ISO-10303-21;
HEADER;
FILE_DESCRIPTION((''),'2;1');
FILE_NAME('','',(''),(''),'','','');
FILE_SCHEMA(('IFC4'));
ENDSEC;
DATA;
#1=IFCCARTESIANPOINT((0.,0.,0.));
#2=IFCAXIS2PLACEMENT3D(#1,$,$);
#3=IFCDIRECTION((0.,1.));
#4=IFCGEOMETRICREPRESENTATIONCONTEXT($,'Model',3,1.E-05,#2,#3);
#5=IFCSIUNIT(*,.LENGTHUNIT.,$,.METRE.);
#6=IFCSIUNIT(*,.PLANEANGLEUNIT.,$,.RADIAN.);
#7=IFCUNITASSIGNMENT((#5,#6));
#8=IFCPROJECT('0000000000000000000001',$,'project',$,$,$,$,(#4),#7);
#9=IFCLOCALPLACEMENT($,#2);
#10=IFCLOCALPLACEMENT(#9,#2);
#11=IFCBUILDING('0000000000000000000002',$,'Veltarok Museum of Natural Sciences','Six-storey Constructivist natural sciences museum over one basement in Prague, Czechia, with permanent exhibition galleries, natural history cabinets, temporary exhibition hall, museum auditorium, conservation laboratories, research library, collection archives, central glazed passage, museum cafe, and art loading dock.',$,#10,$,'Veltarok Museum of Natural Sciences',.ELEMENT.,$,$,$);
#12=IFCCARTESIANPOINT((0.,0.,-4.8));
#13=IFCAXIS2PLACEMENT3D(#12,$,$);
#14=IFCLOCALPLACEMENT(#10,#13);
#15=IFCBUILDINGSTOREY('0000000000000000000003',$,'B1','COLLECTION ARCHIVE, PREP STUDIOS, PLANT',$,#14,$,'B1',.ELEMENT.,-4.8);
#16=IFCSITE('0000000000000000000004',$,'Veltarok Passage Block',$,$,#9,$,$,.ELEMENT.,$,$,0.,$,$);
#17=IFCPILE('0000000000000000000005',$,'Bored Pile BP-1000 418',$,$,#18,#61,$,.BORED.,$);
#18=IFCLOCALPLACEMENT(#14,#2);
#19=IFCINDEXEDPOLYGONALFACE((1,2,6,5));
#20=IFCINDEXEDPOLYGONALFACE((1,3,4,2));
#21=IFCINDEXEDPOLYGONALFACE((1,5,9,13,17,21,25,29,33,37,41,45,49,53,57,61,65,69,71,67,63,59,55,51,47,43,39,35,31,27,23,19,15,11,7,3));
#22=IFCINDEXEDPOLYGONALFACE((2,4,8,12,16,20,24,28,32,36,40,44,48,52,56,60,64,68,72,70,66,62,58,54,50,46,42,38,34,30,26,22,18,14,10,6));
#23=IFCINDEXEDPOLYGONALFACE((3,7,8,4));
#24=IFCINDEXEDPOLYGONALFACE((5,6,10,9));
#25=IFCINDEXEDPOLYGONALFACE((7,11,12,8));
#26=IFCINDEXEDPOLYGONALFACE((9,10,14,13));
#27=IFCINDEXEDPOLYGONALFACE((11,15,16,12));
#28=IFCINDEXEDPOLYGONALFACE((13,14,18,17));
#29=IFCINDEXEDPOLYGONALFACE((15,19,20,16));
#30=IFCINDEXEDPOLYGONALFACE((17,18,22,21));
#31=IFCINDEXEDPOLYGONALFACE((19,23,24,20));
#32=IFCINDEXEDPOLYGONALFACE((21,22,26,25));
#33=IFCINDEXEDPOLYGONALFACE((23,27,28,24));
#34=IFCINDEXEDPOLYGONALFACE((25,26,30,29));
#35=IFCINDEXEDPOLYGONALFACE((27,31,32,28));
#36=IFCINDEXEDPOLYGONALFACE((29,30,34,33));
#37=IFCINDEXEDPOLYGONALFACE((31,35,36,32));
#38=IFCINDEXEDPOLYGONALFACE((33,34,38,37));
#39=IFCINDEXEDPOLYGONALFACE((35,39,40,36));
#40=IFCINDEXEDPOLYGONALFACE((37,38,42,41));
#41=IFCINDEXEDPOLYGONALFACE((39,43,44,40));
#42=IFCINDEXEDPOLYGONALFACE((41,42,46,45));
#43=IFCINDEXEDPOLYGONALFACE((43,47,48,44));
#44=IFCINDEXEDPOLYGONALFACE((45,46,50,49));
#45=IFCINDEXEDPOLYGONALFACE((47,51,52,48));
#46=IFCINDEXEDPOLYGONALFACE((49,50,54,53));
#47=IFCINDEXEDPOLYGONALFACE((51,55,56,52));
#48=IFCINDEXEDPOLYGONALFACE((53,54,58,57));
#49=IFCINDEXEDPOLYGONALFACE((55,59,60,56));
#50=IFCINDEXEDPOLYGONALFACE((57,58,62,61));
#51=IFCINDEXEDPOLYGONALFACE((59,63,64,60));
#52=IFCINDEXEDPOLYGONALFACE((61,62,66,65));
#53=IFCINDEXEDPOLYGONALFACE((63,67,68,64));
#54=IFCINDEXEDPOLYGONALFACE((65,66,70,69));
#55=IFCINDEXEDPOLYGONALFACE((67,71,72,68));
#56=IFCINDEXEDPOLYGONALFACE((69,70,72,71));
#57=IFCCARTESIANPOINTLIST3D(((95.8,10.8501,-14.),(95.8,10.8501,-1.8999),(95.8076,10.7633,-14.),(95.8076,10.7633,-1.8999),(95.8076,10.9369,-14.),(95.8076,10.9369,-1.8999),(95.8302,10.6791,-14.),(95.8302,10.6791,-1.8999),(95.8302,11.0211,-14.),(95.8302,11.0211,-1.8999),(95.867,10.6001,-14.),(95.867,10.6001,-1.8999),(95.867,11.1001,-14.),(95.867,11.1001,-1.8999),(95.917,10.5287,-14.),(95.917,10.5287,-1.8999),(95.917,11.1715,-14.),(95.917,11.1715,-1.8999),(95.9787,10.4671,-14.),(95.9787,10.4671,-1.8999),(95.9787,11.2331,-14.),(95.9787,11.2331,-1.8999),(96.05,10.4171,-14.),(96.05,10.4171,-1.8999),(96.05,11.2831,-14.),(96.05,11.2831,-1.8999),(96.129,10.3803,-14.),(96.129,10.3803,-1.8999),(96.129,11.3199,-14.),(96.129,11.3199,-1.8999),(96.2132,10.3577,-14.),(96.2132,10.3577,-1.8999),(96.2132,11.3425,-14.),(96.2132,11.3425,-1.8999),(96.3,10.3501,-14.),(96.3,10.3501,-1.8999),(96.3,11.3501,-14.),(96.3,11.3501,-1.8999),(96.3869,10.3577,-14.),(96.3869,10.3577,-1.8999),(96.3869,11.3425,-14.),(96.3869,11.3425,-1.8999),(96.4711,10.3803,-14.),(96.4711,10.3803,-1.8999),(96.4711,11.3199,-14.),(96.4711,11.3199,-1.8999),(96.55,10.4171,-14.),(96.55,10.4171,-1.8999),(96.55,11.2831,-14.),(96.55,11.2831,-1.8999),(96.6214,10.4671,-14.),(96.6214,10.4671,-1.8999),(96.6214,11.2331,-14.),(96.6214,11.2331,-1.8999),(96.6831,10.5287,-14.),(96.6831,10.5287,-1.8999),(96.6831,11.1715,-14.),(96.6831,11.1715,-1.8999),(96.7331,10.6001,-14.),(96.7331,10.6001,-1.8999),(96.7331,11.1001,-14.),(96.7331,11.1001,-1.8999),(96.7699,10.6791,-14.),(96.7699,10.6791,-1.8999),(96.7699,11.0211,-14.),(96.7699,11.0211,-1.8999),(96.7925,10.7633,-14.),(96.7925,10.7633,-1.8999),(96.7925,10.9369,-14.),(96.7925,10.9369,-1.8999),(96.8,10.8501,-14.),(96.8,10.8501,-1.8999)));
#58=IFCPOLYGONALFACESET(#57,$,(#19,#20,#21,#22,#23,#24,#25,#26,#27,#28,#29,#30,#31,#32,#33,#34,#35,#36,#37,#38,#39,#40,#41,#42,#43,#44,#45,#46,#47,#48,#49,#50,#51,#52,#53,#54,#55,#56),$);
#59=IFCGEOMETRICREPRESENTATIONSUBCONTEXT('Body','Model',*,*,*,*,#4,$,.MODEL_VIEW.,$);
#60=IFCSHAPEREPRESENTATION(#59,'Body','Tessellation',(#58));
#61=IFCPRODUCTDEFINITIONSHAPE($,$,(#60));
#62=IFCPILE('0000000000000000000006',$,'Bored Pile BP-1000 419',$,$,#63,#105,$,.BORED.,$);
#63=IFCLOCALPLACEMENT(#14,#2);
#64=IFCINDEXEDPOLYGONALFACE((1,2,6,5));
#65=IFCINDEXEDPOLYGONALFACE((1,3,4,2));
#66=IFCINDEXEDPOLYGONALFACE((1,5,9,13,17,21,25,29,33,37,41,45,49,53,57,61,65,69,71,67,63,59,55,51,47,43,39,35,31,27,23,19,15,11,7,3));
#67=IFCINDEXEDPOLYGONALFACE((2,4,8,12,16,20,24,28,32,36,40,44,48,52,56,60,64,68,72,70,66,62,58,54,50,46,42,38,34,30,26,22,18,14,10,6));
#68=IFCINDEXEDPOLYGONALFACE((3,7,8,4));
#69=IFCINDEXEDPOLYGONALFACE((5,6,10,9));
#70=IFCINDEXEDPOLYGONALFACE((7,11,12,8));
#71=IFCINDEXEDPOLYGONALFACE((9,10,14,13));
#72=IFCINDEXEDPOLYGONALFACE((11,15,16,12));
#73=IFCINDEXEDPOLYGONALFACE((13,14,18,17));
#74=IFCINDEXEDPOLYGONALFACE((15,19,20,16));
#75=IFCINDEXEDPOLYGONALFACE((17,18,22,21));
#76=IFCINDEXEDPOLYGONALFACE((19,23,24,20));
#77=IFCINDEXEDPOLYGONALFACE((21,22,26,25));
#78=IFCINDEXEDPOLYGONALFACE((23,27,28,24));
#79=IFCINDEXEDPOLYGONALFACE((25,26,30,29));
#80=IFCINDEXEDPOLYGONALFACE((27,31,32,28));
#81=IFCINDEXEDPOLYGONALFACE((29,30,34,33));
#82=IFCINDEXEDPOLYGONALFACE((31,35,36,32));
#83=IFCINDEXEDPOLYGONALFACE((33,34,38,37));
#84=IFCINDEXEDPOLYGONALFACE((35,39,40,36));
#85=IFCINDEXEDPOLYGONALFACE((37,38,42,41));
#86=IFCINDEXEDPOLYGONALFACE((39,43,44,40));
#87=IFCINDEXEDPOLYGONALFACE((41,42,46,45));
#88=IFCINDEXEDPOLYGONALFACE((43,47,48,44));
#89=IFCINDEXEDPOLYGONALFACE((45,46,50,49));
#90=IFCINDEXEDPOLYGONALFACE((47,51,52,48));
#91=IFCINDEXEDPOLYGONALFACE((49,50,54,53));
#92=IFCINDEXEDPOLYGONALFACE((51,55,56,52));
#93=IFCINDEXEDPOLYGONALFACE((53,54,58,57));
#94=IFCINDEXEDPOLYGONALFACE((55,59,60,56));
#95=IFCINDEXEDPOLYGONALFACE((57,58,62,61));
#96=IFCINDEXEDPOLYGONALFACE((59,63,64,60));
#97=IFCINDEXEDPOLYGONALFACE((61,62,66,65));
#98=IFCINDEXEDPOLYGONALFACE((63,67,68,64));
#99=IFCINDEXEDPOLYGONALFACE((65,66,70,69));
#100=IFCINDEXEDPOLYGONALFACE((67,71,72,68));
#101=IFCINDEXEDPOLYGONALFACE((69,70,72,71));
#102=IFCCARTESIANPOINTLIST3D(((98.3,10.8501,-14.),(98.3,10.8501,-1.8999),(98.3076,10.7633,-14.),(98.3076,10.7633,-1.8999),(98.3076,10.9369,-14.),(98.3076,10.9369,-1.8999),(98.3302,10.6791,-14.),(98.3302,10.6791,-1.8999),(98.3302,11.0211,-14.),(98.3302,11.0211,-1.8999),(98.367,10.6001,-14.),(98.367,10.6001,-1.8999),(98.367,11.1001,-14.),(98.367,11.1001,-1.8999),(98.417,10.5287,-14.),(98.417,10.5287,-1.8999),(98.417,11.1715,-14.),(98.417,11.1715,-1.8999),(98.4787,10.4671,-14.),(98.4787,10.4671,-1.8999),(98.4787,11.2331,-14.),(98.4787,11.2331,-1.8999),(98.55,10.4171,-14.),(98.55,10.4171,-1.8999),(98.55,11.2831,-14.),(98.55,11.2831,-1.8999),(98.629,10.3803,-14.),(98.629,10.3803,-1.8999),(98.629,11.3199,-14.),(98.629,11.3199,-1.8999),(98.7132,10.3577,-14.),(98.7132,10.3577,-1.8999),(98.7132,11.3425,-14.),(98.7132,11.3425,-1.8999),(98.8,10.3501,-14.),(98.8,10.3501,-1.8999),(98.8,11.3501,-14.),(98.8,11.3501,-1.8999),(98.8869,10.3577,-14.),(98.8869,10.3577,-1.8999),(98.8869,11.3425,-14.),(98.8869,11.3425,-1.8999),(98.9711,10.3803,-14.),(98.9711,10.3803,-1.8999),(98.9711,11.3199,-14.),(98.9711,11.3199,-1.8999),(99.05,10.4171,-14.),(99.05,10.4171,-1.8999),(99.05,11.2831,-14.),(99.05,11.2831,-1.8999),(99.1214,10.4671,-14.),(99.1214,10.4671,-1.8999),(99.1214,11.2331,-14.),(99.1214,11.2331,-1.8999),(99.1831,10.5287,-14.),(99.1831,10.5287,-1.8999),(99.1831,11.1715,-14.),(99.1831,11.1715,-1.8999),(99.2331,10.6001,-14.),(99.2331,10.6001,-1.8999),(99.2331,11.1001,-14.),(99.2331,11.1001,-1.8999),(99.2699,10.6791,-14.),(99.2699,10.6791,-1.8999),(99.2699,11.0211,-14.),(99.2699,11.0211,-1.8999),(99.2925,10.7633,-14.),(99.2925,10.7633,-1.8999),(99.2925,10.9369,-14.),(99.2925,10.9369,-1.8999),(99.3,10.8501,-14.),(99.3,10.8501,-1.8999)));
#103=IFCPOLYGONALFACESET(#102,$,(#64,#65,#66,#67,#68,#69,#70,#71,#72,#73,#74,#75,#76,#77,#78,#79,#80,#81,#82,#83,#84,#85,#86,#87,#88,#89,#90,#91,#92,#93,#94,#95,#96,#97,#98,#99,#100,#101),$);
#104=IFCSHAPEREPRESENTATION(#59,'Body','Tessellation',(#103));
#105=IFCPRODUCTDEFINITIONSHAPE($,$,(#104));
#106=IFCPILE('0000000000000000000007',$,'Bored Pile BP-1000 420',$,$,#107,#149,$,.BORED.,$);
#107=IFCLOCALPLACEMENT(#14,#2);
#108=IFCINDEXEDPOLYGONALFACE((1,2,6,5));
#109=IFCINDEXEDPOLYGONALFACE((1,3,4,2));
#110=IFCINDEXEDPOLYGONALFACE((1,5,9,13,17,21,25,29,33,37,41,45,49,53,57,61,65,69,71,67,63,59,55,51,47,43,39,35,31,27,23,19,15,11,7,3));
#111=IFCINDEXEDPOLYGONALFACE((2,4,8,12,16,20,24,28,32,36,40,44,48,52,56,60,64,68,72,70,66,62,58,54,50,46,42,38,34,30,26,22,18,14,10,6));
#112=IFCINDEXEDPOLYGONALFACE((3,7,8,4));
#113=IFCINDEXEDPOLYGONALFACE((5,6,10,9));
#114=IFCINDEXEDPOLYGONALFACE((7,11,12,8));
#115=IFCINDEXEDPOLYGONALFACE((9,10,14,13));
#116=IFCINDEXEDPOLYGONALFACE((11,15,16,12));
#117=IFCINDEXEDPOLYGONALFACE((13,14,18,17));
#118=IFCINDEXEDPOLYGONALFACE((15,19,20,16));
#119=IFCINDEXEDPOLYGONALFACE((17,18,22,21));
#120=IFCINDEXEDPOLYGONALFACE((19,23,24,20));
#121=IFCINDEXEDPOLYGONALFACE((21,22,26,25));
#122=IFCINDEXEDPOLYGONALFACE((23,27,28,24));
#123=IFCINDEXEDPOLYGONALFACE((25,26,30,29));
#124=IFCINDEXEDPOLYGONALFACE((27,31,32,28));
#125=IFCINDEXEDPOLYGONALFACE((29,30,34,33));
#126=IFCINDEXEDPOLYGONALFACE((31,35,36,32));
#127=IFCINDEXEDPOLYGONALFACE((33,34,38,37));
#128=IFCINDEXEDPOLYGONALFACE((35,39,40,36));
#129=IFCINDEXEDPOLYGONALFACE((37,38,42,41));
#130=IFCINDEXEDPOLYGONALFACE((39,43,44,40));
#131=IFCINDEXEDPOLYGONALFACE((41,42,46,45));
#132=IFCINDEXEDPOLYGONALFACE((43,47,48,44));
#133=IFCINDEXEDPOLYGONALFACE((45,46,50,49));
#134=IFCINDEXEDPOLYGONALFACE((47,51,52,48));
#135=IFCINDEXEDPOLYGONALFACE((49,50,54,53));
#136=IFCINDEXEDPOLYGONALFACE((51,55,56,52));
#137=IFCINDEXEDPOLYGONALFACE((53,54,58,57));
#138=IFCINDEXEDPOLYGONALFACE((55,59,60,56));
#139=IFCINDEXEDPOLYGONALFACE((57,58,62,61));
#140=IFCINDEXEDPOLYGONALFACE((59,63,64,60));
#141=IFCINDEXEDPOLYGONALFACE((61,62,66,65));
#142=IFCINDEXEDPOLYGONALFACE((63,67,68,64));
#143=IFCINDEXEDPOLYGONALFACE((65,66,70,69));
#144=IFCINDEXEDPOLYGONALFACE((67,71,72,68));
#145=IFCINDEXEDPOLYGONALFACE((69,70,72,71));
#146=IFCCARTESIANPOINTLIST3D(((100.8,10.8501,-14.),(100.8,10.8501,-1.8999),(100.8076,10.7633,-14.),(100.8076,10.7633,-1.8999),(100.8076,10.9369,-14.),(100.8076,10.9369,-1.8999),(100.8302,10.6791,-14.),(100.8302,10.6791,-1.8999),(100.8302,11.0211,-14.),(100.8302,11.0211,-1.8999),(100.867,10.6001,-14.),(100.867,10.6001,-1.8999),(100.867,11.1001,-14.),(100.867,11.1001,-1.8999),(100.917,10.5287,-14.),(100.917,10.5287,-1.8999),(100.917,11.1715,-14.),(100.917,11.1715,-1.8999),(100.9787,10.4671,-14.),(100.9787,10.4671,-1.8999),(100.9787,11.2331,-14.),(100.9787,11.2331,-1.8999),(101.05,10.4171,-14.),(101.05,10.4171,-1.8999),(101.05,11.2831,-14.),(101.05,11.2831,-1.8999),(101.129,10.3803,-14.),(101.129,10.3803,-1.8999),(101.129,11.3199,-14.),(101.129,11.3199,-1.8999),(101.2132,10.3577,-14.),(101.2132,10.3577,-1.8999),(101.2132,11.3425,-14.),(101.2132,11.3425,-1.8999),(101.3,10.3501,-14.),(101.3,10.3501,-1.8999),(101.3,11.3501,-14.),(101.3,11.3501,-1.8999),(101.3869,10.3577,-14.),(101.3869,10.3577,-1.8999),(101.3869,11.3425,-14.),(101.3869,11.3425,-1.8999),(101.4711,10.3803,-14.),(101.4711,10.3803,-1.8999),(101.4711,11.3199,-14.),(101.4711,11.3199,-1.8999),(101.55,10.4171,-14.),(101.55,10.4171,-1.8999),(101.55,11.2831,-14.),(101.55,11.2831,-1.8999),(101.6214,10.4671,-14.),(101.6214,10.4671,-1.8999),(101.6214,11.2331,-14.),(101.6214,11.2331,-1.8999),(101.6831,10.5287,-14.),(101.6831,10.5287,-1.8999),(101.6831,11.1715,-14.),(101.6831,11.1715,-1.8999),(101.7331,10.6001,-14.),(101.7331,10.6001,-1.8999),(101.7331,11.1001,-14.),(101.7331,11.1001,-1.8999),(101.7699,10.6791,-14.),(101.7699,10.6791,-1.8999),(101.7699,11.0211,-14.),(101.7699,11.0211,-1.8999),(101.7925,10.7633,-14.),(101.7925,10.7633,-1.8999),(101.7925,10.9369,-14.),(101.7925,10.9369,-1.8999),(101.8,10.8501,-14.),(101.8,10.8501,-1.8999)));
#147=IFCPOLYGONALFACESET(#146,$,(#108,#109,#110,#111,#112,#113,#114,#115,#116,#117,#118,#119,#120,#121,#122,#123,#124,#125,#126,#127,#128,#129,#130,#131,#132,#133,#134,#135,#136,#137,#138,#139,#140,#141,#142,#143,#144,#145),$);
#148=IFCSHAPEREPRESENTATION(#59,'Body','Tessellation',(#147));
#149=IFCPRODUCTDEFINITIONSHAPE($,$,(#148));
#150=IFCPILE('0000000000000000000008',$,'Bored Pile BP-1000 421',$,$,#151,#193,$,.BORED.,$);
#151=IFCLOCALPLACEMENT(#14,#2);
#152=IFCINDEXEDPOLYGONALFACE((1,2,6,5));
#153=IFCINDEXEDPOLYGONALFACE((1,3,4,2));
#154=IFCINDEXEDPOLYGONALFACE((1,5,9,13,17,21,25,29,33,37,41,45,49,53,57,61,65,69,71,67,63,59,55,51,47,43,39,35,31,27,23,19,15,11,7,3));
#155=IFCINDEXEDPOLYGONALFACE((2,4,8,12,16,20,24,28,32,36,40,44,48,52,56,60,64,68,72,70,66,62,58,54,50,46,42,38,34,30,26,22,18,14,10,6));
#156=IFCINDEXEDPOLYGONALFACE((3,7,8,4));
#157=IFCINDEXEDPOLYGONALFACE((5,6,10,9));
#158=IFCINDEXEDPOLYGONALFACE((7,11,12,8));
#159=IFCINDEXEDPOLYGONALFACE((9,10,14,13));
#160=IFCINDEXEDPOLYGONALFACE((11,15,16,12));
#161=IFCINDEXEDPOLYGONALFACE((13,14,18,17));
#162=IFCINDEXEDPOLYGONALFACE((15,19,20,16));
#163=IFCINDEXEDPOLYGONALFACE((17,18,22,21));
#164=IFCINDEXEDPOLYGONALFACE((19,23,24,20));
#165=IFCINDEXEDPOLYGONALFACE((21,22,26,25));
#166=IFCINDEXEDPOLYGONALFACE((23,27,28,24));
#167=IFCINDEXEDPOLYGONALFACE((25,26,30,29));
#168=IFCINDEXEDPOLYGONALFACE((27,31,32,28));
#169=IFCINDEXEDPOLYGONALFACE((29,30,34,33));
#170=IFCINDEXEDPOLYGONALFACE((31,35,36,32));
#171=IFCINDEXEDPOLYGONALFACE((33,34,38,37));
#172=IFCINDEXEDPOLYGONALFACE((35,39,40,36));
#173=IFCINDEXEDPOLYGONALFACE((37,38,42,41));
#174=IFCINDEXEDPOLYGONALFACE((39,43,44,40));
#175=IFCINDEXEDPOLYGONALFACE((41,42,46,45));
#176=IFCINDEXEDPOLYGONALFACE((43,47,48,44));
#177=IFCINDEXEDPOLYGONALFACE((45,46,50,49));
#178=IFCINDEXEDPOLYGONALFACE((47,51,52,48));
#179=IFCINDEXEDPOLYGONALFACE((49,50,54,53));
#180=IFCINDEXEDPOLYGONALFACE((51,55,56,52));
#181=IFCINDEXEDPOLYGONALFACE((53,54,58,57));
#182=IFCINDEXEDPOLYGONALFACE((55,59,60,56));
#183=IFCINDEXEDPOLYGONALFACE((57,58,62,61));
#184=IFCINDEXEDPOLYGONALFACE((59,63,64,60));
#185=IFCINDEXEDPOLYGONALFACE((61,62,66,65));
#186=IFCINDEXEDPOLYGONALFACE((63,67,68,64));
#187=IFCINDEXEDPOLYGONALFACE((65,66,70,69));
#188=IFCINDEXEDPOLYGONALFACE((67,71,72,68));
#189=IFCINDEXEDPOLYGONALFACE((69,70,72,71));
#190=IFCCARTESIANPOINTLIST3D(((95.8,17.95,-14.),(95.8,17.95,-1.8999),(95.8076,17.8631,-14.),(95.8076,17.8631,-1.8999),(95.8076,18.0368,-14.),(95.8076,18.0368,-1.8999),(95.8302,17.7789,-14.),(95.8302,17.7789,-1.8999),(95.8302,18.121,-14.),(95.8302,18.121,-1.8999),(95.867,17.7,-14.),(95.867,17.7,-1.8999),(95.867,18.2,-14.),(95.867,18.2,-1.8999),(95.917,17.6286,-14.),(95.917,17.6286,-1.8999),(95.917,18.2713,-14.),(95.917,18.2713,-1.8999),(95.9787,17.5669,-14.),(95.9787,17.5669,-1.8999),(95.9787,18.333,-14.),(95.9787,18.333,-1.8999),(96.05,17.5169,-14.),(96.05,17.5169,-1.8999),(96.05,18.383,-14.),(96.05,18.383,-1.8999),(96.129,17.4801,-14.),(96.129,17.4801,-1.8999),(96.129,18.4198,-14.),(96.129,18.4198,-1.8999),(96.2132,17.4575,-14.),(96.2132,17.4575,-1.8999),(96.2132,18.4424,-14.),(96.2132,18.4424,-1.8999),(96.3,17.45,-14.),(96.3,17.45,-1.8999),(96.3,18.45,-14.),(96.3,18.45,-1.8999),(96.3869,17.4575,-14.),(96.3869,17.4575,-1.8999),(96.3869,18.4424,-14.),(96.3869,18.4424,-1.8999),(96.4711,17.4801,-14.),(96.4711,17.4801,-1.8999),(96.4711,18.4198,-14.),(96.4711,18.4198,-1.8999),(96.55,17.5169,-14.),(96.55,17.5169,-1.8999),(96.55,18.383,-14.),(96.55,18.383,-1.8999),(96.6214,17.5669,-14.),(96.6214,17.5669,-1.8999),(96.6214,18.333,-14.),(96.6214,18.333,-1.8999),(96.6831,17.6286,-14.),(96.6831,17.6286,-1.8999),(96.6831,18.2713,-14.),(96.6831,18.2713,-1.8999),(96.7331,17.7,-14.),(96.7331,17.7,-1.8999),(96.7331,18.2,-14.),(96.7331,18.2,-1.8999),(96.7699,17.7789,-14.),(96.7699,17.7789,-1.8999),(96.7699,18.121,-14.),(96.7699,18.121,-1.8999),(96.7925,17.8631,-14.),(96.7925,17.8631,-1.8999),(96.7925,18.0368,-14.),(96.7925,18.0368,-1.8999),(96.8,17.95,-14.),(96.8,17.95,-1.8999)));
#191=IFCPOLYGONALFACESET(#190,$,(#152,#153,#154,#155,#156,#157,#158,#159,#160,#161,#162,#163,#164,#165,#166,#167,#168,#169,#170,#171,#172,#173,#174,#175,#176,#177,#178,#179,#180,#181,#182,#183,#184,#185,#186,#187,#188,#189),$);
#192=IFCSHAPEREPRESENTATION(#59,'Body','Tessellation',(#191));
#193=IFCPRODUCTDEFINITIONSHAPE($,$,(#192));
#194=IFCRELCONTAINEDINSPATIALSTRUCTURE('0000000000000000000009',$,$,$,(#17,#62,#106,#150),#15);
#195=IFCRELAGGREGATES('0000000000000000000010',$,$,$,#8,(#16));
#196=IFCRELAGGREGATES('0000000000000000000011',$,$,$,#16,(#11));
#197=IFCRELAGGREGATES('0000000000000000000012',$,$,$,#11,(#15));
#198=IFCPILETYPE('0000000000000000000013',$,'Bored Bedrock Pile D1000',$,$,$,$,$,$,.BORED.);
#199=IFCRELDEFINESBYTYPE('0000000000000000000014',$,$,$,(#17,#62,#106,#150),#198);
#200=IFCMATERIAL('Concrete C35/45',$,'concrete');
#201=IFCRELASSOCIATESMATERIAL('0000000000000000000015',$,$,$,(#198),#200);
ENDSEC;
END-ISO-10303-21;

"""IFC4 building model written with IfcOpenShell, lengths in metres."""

from ifc_helpers import new_model, si_unit, direction, frame, origin, origin_2d, place, context, subcontext, project, spatial, circle, extrude, material, material_profile, profile_set, type_object, element, save


model = new_model("IFC4")

# Units and contexts
model_context = context("Model", 3, precision=1e-05, world=origin(), true_north=direction((0.0, 1.0)))
body_context = subcontext(model_context, "Body", "Model", "MODEL_VIEW")
ifc_project = project(units=[si_unit("LENGTHUNIT", "METRE"), si_unit("PLANEANGLEUNIT", "RADIAN")], contexts=[model_context])

# Site, building, storey
site_placement = place(None, origin())
site = spatial("IfcSite", under=ifc_project, at=site_placement, Name="Veltarok Passage Block", CompositionType="ELEMENT", RefElevation=0.0)
building_placement = place(site_placement, origin())
building = spatial("IfcBuilding", under=site, at=building_placement, Name="Veltarok Museum of Natural Sciences", Description="Six-storey Constructivist natural sciences museum over one basement in Prague, Czechia, with permanent exhibition galleries, natural history cabinets, temporary exhibition hall, museum auditorium, conservation laboratories, research library, collection archives, central glazed passage, museum cafe, and art loading dock.", LongName="Veltarok Museum of Natural Sciences", CompositionType="ELEMENT")
storey_placement = place(building_placement, frame((0.0, 0.0, -4.8)))
storey = spatial("IfcBuildingStorey", under=building, at=storey_placement, Name="B1", Description="COLLECTION ARCHIVE, PREP STUDIOS, PLANT", LongName="B1", CompositionType="ELEMENT", Elevation=-4.8)

# Piles
ifc_material_1 = material(Name="Concrete C35/45", Category="concrete")
ifc_material_profile_1 = material_profile(ifc_material_1, circle(Radius=0.5, at=origin_2d()), Name="BP D1000")
ifc_profile_set_1 = profile_set([ifc_material_profile_1], Name="Concrete C35/45")
pile_type_1 = type_object("IfcPileType", Name="Bored Bedrock Pile D1000", PredefinedType="BORED", material=ifc_profile_set_1)
for number, where, z_axis, x_axis, name in (
    (1, (96.3, 10.8501, -1.8999), (0.0, 0.0, -1.0), (1.0, 0.0, 0.0), "Bored Pile BP-1000 418"),
    (2, (98.8, 10.8501, -1.8999), (0.0, 0.0, -1.0), (1.0, 0.0, 0.0), "Bored Pile BP-1000 419"),
    (3, (101.3, 10.8501, -1.8999), (0.0, 0.0, -1.0), (1.0, 0.0, 0.0), "Bored Pile BP-1000 420"),
    (4, (96.3, 17.95, -1.8999), (0.0, 0.0, -1.0), (1.0, 0.0, 0.0), "Bored Pile BP-1000 421"),
):
    element("IfcPile", number, at=place(storey_placement, frame(where, z_axis=z_axis, x_axis=x_axis)), inside=storey, type_object=pile_type_1, Name=name, PredefinedType="BORED", context=body_context, shape_type="SweptSolid", body=[
        extrude(circle(Radius=0.5, at=origin_2d()), origin(), (0.0, 0.0, 1.0), 12.1001),
    ])

save(model, "model.ifc")
